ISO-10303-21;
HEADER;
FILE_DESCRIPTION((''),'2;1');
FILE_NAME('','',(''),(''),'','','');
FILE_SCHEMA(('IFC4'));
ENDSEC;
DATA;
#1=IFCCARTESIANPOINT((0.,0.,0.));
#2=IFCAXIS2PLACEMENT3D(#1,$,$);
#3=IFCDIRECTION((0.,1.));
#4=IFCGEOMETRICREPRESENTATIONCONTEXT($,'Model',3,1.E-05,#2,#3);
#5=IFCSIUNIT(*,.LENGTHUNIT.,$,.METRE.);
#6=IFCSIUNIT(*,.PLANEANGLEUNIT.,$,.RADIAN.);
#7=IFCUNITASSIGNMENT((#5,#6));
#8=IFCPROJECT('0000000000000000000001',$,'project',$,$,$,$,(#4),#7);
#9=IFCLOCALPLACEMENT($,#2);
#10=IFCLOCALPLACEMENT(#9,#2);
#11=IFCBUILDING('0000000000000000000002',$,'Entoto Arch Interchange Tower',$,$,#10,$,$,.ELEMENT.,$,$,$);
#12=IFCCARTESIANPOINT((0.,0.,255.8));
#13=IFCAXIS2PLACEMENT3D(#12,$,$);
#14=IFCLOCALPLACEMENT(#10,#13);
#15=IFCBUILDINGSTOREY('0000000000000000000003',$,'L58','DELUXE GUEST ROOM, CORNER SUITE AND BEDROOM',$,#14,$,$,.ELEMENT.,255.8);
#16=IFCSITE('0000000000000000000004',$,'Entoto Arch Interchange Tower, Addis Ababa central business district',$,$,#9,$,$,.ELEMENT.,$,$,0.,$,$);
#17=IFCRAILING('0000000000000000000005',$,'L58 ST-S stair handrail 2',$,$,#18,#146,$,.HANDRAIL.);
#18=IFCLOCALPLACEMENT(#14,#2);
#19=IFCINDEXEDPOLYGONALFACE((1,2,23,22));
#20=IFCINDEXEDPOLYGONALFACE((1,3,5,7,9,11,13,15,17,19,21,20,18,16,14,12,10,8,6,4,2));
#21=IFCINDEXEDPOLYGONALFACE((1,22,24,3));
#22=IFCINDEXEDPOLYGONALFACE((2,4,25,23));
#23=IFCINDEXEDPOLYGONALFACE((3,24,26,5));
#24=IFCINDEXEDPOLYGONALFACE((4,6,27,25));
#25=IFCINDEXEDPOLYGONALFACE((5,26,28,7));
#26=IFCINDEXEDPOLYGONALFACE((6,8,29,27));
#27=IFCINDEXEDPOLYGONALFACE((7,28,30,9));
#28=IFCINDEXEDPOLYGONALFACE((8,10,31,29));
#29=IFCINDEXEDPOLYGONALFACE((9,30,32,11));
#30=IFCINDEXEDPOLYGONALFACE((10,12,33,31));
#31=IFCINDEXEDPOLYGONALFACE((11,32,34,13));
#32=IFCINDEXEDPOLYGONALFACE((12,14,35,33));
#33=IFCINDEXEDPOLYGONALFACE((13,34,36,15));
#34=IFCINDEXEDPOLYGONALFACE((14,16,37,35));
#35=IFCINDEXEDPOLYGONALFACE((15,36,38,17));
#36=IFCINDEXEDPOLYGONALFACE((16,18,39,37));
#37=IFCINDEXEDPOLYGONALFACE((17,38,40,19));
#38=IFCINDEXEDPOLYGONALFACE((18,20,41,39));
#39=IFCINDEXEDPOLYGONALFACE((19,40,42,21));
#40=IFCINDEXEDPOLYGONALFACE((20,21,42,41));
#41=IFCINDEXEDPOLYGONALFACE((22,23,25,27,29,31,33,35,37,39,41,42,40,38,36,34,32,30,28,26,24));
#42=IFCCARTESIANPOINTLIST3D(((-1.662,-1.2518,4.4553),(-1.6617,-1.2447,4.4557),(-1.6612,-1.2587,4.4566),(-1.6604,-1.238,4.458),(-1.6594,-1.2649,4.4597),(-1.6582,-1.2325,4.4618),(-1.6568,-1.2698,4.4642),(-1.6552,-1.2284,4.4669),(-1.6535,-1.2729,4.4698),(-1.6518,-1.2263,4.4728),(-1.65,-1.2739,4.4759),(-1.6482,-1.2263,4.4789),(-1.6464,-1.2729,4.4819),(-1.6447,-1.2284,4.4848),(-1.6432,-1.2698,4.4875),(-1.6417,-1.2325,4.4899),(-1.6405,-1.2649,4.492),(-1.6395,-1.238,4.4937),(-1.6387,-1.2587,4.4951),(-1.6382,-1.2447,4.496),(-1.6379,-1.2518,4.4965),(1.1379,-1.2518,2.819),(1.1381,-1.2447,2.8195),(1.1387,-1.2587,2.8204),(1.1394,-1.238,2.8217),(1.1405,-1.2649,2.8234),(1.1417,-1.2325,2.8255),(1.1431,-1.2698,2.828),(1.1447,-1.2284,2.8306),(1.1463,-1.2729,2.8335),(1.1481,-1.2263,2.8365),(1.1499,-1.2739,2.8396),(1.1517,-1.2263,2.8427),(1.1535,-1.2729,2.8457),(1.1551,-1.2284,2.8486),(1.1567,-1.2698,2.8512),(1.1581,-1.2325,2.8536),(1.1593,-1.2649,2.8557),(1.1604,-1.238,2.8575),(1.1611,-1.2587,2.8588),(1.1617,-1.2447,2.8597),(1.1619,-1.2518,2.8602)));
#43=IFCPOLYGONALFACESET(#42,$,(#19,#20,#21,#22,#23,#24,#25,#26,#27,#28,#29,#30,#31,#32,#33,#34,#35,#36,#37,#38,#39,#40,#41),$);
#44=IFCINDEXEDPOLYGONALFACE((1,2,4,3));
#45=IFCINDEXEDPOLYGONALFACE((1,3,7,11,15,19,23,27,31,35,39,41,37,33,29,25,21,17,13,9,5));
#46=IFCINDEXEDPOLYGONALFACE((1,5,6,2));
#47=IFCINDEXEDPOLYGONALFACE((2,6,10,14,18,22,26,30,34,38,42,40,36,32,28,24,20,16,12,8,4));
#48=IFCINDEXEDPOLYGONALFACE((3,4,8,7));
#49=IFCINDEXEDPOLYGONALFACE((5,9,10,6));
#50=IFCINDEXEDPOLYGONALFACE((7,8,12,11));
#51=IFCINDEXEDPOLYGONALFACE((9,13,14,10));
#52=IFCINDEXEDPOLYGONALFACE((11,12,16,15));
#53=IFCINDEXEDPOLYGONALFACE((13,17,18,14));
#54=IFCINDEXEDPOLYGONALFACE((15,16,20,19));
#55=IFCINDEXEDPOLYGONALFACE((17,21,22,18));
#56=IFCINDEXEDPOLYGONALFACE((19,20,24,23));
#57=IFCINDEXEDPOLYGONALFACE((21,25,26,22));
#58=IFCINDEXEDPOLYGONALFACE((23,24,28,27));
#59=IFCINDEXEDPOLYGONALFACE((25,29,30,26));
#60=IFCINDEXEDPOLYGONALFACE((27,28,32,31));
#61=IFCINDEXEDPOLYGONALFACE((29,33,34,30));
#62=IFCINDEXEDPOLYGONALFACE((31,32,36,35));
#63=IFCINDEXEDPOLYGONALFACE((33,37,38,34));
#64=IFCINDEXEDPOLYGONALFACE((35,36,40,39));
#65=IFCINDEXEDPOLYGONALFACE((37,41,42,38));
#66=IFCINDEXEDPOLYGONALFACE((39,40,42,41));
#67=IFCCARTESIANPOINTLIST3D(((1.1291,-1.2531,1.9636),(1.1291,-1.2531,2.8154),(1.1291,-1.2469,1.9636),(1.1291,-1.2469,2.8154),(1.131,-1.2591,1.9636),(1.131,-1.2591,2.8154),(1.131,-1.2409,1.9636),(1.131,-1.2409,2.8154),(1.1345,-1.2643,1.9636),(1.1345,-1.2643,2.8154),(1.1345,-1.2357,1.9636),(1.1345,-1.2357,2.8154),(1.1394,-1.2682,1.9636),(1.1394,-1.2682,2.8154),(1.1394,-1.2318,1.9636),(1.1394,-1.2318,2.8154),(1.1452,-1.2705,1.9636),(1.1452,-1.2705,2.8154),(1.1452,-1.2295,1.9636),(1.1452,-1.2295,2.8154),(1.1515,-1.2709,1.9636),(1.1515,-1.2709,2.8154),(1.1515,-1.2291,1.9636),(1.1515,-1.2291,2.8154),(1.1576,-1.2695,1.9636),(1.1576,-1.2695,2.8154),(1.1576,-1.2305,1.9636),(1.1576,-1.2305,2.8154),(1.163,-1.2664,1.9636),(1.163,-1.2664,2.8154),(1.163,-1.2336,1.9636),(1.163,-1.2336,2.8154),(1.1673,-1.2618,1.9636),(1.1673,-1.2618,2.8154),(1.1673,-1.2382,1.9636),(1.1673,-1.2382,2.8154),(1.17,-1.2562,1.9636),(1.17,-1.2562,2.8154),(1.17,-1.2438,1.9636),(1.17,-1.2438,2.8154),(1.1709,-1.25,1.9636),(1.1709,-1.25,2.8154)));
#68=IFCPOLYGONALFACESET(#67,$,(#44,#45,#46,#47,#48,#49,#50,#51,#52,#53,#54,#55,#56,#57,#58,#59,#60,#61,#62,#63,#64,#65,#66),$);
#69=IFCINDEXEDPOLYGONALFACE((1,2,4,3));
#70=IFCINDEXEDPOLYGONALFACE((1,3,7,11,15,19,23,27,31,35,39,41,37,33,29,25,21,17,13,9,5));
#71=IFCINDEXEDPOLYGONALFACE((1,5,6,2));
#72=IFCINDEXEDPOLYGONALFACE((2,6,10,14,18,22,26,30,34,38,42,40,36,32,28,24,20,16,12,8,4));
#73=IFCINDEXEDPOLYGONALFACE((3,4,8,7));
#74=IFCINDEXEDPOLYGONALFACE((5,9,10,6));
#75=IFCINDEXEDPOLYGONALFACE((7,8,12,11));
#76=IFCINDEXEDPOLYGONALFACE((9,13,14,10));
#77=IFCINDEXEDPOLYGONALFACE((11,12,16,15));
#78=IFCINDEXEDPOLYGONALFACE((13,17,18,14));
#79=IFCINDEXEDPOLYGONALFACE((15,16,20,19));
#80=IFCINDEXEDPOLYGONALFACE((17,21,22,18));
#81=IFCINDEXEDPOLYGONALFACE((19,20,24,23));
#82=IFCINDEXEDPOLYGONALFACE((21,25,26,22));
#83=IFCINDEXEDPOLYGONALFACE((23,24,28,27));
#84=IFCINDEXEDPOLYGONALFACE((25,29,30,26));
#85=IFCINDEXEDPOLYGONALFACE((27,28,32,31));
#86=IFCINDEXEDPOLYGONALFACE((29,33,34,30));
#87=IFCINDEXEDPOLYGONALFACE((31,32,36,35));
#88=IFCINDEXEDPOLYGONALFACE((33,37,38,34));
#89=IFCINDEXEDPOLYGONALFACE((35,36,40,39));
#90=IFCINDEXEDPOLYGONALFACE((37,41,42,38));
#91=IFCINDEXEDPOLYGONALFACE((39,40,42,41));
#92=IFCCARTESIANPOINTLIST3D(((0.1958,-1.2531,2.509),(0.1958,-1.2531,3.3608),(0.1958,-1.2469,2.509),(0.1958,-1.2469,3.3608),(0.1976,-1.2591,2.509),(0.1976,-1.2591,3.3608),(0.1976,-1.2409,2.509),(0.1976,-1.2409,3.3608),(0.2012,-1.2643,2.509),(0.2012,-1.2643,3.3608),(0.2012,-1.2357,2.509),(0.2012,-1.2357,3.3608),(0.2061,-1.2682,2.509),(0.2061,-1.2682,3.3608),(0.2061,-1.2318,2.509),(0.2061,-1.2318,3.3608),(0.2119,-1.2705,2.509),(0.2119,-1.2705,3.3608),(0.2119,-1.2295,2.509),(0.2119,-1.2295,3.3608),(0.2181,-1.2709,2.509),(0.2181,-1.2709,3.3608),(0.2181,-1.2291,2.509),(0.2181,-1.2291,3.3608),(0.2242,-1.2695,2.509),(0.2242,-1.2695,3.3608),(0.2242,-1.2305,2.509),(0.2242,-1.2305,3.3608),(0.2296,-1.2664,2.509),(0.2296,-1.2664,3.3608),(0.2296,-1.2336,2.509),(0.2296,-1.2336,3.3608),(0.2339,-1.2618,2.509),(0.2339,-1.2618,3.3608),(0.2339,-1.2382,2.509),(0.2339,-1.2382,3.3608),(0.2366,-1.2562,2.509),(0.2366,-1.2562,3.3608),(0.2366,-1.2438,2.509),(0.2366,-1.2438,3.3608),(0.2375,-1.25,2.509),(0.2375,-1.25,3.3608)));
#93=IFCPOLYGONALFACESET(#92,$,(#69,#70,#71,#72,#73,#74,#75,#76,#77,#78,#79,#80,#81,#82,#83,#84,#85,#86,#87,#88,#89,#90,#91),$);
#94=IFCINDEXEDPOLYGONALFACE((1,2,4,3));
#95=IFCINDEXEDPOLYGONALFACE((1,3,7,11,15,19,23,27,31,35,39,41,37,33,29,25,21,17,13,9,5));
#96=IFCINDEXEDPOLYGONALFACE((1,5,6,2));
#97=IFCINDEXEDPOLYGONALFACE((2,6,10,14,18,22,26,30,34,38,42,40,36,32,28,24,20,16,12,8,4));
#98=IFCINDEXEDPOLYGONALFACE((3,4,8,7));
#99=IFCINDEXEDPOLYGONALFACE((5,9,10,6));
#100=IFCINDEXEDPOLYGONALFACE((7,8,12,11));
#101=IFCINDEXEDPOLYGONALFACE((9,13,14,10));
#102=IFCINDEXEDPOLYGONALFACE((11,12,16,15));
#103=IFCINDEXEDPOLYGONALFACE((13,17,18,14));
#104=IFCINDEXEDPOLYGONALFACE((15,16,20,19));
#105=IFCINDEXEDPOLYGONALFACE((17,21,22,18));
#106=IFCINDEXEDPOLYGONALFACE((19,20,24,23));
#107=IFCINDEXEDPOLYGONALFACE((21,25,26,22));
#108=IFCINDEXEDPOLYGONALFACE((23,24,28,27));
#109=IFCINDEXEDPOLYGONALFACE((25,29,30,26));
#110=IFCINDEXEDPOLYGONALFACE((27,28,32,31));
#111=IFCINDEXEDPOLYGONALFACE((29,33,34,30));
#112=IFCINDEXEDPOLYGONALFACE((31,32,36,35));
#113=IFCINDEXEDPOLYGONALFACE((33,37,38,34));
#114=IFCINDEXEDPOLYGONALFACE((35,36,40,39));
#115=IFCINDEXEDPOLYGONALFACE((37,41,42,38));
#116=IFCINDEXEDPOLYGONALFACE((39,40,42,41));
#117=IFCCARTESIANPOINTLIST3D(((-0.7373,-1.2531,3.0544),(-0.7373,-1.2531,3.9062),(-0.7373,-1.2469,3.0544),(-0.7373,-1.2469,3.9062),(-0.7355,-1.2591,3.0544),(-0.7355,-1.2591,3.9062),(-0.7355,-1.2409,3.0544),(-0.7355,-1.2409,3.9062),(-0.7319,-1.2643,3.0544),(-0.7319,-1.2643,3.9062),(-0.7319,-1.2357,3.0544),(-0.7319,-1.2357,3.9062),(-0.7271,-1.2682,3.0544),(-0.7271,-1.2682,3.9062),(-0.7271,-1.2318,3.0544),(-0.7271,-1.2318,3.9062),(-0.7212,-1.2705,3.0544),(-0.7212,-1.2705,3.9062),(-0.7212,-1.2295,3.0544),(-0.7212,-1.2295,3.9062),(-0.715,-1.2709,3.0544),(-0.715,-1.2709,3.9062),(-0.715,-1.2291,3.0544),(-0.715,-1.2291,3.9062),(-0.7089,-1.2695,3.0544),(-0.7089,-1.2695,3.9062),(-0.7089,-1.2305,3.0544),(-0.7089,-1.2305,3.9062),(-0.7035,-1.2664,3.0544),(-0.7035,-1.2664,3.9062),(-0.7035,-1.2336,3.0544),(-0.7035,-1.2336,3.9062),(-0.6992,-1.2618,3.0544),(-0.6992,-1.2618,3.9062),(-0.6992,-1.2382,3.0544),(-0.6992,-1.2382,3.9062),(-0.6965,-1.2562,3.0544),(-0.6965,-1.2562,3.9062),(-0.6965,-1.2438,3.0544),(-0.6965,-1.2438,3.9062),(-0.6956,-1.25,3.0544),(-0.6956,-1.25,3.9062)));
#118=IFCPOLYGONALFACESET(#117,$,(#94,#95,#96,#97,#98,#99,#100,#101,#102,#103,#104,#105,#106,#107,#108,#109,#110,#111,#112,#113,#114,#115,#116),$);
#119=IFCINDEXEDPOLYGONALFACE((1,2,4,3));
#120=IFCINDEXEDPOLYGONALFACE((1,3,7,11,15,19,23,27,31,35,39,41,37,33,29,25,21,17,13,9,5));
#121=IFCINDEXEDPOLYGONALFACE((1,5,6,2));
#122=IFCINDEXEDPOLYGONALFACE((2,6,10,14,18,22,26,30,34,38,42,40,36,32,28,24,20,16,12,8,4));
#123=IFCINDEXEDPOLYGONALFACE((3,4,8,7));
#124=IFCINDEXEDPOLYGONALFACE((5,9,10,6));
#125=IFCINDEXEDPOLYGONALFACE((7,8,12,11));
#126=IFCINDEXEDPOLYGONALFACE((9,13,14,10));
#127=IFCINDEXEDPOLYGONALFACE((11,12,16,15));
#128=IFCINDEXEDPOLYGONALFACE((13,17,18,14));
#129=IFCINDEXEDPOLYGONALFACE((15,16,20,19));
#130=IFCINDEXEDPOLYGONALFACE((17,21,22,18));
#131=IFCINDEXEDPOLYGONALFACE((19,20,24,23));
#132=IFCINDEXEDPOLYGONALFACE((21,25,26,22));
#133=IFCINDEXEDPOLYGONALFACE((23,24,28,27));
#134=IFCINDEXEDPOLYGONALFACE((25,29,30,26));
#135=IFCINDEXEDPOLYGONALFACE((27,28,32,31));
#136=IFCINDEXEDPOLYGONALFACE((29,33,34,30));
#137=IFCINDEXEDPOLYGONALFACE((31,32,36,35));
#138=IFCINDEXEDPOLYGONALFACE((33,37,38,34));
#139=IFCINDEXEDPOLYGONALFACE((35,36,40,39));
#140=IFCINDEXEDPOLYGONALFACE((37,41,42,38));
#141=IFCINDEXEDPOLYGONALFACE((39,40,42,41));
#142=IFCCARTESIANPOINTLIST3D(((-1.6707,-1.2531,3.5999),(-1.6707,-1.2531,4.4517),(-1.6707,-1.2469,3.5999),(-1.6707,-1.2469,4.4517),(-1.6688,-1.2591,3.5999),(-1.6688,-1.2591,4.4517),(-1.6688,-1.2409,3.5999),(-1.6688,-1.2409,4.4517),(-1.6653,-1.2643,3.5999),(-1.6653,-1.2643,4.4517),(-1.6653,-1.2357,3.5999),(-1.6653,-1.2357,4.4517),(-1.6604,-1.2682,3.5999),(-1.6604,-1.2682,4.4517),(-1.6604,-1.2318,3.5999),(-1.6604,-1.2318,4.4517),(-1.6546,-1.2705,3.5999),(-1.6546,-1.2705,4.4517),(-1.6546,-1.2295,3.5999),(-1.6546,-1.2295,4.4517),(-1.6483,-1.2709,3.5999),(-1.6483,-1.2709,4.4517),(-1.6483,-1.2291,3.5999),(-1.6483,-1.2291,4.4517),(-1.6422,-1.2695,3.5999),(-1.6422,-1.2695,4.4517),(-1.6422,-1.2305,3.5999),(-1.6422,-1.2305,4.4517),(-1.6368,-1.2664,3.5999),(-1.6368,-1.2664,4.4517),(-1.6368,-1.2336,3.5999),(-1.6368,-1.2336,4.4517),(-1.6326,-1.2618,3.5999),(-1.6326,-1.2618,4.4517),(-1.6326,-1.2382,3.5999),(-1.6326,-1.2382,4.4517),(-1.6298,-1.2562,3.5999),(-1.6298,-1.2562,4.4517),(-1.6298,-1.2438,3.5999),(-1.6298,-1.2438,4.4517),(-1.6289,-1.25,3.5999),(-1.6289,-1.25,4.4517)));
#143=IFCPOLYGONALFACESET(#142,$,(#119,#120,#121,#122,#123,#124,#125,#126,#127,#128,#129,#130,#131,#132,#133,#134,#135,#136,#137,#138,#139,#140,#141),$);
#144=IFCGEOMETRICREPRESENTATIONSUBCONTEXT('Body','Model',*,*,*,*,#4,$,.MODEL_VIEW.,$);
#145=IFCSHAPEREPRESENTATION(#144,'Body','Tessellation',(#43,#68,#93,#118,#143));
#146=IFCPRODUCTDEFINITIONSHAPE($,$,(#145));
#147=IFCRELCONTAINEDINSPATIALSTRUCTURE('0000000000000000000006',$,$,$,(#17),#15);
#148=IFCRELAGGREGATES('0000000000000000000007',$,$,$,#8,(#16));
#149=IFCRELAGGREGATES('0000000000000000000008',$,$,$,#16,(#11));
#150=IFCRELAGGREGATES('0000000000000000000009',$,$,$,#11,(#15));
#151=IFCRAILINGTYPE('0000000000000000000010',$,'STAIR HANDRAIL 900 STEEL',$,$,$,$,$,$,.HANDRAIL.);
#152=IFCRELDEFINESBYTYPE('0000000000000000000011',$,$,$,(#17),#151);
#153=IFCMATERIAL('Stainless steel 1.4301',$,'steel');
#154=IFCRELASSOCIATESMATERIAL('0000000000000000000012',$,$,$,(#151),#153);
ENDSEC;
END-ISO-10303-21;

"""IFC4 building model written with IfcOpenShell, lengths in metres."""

from ifc_helpers import new_model, si_unit, direction, frame, origin, origin_2d, place, context, subcontext, project, spatial, circle, extrude, material, type_object, element, save


model = new_model("IFC4")

# Units and contexts
model_context = context("Model", 3, precision=1e-05, world=origin(), true_north=direction((0.0, 1.0)))
body_context = subcontext(model_context, "Body", "Model", "MODEL_VIEW")
ifc_project = project(units=[si_unit("LENGTHUNIT", "METRE"), si_unit("PLANEANGLEUNIT", "RADIAN")], contexts=[model_context])

# Site, building, storey
site_placement = place(None, origin())
site = spatial("IfcSite", under=ifc_project, at=site_placement, Name="Entoto Arch Interchange Tower, Addis Ababa central business district", CompositionType="ELEMENT", RefElevation=0.0)
building_placement = place(site_placement, origin())
building = spatial("IfcBuilding", under=site, at=building_placement, Name="Entoto Arch Interchange Tower", CompositionType="ELEMENT")
storey_placement = place(building_placement, frame((0.0, 0.0, 255.8)))
storey = spatial("IfcBuildingStorey", under=building, at=storey_placement, Name="L58", Description="DELUXE GUEST ROOM, CORNER SUITE AND BEDROOM", CompositionType="ELEMENT", Elevation=255.8)

# Railing
ifc_material_1 = material(Name="Stainless steel 1.4301", Category="steel")
railing_type_1 = type_object("IfcRailingType", Name="STAIR HANDRAIL 900 STEEL", PredefinedType="HANDRAIL", material=ifc_material_1)
railing_1_placement = place(storey_placement, frame((1.1499, -1.25, 1.9636)))
element("IfcRailing", 1, at=railing_1_placement, inside=storey, type_object=railing_type_1, Name="L58 ST-S stair handrail 2", PredefinedType="HANDRAIL", context=body_context, shape_type="SweptSolid", body=[
    extrude(circle(Radius=0.0239, at=origin_2d()), frame((0.0, 0.0, 0.876), z_axis=(-0.863374, 0.0, 0.504564), x_axis=(0.0, -1.0, 0.0)), (0.0, 0.0, 1.0), 3.2429),
    extrude(circle(Radius=0.021, at=origin_2d()), origin(), (0.0, 0.0, 1.0), 0.8518),
    extrude(circle(Radius=0.021, at=origin_2d()), frame((-0.9333, 0.0, 0.5454)), (0.0, 0.0, 1.0), 0.8518),
    extrude(circle(Radius=0.021, at=origin_2d()), frame((-1.8665, 0.0, 1.0908)), (0.0, 0.0, 1.0), 0.8518),
    extrude(circle(Radius=0.021, at=origin_2d()), frame((-2.7998, 0.0, 1.6362)), (0.0, 0.0, 1.0), 0.8518),
])

save(model, "model.ifc")
